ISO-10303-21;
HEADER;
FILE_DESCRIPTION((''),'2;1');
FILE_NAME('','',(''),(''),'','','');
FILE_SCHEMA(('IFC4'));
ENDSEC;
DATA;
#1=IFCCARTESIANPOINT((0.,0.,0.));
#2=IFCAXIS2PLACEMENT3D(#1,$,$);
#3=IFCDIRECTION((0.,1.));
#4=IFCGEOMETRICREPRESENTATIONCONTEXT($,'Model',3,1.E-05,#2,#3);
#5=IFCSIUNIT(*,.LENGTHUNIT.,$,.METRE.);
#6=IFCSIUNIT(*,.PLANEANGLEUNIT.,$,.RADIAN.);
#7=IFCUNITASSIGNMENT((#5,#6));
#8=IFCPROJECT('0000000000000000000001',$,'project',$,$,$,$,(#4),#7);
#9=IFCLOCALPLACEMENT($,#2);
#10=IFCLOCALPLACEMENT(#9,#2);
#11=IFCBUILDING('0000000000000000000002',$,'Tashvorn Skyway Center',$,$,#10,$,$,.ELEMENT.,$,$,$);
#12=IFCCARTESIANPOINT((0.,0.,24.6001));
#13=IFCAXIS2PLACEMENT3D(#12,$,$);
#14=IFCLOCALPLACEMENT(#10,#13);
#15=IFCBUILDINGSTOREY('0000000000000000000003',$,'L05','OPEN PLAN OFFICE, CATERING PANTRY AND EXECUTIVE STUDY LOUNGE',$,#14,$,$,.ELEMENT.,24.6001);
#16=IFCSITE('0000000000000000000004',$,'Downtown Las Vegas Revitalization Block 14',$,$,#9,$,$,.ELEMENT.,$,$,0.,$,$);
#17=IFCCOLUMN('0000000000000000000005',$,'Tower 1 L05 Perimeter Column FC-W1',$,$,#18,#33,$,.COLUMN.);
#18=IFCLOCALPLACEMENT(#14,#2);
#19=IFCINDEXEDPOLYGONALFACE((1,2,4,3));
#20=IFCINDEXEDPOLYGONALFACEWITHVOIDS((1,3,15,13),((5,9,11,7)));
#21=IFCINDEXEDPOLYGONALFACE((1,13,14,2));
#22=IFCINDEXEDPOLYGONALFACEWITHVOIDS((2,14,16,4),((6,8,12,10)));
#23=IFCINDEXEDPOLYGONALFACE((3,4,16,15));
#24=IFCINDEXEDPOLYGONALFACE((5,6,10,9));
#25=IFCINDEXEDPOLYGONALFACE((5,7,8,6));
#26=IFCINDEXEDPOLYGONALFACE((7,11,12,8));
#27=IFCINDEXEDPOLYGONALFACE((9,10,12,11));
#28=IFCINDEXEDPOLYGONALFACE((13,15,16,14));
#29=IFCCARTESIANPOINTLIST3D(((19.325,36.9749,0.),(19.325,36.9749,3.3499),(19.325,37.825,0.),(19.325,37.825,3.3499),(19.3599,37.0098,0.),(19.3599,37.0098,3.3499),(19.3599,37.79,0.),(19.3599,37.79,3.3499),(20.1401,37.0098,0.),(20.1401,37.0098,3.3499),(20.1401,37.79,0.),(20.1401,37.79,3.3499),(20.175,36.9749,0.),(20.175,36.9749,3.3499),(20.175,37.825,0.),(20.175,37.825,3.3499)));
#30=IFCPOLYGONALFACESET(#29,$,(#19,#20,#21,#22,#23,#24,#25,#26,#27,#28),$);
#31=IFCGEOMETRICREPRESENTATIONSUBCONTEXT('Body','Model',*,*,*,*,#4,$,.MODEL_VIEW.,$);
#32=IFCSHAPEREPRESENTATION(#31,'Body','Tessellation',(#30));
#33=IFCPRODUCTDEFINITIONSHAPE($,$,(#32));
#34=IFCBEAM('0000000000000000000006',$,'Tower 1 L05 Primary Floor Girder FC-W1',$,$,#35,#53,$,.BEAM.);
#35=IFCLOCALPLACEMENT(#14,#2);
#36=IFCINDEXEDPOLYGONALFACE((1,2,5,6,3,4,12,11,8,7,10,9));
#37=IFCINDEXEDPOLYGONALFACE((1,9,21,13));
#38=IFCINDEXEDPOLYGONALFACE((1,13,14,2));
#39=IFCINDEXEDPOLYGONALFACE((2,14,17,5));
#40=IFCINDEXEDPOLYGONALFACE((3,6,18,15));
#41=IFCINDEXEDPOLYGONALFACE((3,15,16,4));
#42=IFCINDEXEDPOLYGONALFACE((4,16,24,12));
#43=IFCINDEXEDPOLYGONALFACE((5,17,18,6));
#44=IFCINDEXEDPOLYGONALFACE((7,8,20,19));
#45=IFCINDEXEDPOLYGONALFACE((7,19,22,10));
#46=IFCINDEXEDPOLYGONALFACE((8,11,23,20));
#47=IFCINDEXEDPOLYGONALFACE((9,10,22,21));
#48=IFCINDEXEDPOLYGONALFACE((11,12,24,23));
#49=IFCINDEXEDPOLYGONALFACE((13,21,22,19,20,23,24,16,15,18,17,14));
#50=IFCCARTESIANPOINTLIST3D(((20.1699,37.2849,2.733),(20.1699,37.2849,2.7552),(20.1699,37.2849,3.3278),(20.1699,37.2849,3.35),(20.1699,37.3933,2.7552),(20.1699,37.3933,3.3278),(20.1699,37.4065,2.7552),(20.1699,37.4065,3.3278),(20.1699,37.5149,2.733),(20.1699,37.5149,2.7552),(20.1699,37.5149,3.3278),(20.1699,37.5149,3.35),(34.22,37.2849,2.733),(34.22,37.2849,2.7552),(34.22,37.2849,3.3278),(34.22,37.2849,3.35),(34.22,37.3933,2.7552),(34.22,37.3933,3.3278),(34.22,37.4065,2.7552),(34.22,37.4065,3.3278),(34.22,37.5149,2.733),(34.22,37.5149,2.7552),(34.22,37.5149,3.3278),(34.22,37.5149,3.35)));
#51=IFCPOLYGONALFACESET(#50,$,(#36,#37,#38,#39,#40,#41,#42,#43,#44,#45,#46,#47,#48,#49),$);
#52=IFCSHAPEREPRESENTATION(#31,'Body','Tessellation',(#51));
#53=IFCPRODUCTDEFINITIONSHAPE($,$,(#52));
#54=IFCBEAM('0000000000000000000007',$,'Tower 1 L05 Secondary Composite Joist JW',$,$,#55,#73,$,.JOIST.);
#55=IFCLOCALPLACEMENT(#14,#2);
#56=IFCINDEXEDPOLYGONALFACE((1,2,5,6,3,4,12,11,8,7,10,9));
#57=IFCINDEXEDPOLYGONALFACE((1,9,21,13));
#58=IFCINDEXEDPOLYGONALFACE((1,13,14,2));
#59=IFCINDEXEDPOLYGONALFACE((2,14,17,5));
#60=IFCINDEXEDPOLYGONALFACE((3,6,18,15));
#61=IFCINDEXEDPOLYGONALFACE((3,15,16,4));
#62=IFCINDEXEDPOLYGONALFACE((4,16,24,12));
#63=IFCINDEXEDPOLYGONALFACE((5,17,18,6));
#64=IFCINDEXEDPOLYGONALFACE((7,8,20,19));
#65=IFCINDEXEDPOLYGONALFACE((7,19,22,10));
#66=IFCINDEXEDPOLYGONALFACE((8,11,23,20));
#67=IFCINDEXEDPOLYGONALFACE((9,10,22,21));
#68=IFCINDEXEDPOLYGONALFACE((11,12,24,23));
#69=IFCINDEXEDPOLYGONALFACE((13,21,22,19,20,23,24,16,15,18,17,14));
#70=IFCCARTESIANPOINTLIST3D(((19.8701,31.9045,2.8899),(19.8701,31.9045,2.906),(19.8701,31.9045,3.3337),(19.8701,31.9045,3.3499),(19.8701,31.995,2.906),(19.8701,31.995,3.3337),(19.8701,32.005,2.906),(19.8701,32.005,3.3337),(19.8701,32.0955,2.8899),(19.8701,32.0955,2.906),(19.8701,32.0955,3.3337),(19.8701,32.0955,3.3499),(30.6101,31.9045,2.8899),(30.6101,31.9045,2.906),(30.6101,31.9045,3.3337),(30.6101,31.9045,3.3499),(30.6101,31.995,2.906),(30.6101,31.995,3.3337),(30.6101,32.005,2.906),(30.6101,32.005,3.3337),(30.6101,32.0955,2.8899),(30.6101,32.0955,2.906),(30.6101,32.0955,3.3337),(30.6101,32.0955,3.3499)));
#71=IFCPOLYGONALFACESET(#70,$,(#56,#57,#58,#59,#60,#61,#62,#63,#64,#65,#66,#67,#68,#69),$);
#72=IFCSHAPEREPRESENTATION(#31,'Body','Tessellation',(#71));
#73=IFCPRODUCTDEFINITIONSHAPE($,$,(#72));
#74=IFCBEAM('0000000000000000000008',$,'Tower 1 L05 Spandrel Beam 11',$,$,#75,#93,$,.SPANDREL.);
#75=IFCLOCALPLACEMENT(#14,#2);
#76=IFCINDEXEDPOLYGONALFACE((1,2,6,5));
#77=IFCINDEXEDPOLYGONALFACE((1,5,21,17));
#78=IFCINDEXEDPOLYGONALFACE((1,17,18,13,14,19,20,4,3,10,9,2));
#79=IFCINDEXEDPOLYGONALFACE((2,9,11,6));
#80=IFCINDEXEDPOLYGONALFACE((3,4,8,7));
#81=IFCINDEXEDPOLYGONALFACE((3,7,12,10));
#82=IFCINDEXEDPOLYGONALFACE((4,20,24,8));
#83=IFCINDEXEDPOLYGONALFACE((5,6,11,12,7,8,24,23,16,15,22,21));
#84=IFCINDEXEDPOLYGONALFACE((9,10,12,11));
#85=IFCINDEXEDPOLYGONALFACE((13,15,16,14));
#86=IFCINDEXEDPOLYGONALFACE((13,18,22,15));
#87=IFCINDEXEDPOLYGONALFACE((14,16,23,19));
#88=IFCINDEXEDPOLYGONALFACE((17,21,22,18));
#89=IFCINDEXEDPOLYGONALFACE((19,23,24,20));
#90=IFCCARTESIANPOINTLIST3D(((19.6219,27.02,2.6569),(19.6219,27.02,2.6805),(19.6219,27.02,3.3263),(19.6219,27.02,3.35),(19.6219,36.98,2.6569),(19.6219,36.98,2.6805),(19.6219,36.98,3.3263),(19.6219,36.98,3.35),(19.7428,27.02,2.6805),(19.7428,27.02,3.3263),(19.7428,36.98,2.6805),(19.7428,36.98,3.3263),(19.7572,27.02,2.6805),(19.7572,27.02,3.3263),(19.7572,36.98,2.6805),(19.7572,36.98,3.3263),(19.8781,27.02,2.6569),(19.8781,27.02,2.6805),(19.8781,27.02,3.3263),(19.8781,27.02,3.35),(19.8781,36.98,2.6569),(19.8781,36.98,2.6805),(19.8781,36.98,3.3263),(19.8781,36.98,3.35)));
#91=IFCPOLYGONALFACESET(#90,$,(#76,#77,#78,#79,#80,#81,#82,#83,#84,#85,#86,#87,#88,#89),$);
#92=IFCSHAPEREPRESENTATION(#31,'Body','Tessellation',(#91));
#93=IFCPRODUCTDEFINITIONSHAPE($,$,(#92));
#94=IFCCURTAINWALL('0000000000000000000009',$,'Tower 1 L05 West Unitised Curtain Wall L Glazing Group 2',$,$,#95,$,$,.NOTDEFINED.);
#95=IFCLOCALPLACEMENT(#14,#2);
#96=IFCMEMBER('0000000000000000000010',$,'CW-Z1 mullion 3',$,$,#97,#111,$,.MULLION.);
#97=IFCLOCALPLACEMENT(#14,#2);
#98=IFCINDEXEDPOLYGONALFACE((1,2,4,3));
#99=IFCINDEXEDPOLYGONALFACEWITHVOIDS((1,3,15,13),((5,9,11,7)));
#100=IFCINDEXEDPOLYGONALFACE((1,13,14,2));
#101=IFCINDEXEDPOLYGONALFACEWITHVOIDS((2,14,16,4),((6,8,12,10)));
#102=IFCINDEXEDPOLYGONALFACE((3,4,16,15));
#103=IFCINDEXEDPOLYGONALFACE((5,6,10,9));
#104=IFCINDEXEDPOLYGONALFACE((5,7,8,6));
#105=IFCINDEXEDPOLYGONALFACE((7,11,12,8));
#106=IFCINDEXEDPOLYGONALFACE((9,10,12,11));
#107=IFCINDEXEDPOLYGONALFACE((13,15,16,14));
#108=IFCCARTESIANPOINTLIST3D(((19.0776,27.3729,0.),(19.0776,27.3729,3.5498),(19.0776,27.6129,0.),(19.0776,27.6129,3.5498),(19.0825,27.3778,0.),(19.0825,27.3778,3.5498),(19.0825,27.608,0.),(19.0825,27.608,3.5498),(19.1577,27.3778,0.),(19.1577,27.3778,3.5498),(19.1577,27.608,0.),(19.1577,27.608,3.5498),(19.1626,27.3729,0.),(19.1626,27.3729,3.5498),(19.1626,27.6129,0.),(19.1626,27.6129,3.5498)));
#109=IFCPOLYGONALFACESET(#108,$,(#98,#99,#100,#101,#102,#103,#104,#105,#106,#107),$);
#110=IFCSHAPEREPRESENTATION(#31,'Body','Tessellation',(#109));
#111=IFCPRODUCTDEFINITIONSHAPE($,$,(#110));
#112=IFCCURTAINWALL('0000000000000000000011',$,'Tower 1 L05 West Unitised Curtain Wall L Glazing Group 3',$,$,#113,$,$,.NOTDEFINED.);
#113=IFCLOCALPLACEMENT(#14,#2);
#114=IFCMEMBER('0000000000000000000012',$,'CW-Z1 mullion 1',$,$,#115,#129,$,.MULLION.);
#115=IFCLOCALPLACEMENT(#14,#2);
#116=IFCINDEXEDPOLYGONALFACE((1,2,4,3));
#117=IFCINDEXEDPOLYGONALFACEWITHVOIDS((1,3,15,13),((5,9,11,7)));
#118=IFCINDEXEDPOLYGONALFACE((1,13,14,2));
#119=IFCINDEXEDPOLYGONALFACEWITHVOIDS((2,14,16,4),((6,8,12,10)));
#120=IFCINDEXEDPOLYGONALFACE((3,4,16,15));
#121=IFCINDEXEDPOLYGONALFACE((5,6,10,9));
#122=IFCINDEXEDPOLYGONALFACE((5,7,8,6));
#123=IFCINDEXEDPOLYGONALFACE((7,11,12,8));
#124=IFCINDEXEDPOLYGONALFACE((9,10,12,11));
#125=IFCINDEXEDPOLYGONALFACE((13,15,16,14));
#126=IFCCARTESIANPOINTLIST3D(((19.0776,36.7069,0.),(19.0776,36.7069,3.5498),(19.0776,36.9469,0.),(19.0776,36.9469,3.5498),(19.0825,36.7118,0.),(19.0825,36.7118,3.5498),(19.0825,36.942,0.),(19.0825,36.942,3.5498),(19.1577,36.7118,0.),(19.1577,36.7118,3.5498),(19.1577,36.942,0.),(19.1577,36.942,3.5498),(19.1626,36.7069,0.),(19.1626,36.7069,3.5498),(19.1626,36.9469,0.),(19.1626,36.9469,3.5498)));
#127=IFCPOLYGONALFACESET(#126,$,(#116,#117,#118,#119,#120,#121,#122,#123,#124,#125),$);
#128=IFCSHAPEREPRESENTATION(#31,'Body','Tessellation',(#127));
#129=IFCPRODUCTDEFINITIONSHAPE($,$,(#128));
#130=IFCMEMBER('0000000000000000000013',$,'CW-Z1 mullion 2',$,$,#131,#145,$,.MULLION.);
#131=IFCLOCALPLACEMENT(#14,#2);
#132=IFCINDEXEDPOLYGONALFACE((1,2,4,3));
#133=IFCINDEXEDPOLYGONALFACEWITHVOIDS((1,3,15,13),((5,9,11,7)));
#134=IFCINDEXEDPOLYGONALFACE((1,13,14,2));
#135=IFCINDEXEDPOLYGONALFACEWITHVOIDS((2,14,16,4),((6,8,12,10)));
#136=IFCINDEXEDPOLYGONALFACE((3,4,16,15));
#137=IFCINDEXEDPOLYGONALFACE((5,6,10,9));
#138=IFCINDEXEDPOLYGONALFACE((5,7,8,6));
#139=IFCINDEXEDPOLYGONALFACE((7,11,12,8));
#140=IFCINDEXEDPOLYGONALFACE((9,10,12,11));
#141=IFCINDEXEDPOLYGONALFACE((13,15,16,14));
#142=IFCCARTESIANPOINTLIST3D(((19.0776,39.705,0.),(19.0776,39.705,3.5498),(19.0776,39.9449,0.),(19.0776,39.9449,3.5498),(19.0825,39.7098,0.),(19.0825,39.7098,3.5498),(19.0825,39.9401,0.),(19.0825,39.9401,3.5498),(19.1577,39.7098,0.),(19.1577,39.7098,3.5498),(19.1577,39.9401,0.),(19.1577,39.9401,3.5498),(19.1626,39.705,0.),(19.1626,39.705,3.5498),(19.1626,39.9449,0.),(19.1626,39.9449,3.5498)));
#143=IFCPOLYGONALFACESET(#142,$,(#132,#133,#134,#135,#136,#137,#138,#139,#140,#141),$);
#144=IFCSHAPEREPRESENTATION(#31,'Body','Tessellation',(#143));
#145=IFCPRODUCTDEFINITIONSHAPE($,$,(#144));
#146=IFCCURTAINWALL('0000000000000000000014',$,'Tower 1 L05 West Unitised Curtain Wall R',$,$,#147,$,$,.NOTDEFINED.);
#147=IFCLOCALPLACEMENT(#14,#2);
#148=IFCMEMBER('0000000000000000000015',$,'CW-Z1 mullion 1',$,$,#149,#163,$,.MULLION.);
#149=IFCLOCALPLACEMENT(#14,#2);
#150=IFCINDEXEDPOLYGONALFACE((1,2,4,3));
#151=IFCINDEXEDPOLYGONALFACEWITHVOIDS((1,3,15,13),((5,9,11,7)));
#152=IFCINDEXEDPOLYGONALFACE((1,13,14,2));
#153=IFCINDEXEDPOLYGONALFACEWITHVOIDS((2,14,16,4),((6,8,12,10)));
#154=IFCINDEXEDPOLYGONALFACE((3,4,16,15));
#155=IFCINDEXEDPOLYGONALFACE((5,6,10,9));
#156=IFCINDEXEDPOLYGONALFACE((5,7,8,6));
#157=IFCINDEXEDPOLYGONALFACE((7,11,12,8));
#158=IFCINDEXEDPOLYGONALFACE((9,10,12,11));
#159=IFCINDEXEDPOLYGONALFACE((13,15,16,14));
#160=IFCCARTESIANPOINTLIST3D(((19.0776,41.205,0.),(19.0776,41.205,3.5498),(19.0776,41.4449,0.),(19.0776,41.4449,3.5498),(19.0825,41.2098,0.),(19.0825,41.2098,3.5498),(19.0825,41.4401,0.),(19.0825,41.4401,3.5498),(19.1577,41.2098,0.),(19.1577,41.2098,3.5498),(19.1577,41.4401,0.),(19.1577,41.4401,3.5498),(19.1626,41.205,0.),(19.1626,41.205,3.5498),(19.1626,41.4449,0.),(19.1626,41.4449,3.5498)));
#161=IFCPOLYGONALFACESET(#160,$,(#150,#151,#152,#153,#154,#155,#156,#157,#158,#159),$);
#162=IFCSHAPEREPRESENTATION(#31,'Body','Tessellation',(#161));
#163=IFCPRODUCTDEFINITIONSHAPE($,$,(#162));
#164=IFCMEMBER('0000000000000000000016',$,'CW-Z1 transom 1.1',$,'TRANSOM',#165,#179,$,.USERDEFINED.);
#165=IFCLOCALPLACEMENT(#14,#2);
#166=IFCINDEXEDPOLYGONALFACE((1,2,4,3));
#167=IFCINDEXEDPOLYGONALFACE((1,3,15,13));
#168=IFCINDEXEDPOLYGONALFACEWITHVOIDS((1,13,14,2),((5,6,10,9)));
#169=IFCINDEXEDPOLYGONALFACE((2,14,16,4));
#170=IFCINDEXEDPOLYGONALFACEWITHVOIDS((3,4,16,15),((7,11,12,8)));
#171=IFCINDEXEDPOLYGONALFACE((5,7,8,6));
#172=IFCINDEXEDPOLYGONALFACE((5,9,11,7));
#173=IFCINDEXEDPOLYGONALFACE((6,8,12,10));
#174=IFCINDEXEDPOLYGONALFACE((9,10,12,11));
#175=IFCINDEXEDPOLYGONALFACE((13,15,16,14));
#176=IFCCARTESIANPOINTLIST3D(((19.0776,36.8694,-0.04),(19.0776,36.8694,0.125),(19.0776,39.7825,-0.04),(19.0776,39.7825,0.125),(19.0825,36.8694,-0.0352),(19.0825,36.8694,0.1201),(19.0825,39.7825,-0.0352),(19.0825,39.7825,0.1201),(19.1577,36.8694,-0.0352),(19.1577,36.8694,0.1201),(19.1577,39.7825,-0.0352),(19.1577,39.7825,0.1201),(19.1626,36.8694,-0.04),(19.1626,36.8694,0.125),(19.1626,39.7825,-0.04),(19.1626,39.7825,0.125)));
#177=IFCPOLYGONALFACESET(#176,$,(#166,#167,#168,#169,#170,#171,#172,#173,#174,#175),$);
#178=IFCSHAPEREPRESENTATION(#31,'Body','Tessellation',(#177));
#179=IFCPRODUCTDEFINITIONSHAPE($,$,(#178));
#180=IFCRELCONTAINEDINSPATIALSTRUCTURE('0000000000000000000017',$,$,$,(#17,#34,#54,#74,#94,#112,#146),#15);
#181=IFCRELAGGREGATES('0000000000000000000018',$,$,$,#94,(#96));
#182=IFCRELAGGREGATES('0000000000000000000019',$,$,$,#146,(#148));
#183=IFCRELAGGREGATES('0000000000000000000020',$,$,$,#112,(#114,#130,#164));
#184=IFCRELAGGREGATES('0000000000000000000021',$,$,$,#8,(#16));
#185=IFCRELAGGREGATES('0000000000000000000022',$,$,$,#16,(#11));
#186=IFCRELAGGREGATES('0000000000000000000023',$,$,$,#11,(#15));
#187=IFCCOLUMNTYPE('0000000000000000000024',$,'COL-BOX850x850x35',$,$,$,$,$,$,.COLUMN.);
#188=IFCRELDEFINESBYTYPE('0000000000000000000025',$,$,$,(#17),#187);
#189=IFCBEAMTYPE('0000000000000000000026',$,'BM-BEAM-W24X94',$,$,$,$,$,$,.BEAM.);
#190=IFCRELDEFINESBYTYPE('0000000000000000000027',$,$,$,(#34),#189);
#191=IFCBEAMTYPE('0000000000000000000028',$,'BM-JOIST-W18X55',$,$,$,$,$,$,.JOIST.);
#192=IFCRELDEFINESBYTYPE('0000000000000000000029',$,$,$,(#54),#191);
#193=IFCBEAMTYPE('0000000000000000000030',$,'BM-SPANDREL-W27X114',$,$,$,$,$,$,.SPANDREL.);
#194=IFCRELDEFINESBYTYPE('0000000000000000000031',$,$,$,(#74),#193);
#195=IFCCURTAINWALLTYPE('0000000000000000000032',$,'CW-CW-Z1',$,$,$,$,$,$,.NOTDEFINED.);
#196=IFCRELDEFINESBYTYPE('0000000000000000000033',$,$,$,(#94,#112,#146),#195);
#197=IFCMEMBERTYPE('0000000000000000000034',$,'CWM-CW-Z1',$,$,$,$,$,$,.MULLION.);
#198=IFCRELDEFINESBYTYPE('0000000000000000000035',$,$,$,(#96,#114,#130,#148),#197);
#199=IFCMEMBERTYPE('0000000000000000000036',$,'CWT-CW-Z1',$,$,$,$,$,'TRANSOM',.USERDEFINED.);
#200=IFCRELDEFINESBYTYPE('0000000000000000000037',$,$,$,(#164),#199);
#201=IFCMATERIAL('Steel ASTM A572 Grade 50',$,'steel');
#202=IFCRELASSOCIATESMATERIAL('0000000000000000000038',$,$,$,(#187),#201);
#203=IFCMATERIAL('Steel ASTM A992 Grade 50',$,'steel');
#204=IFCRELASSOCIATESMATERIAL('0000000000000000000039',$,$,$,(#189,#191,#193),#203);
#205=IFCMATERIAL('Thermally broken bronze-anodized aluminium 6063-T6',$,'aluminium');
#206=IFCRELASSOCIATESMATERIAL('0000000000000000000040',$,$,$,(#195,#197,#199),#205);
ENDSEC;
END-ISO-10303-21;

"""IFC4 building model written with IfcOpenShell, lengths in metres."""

from ifc_helpers import new_model, si_unit, direction, frame, origin, origin_2d, place, context, subcontext, project, spatial, hollow_rectangle, i_section, extrude, material, material_profile, profile_set, type_object, element, aggregate, save


model = new_model("IFC4")

# Units and contexts
model_context = context("Model", 3, precision=1e-05, world=origin(), true_north=direction((0.0, 1.0)))
body_context = subcontext(model_context, "Body", "Model", "MODEL_VIEW")
ifc_project = project(units=[si_unit("LENGTHUNIT", "METRE"), si_unit("PLANEANGLEUNIT", "RADIAN")], contexts=[model_context])

# Site, building, storey
site_placement = place(None, origin())
site = spatial("IfcSite", under=ifc_project, at=site_placement, Name="Downtown Las Vegas Revitalization Block 14", CompositionType="ELEMENT", RefElevation=0.0)
building_placement = place(site_placement, origin())
building = spatial("IfcBuilding", under=site, at=building_placement, Name="Tashvorn Skyway Center", CompositionType="ELEMENT")
storey_placement = place(building_placement, frame((0.0, 0.0, 24.6001)))
storey = spatial("IfcBuildingStorey", under=building, at=storey_placement, Name="L05", Description="OPEN PLAN OFFICE, CATERING PANTRY AND EXECUTIVE STUDY LOUNGE", CompositionType="ELEMENT", Elevation=24.6001)

# Column
ifc_material_1 = material(Name="Steel ASTM A572 Grade 50", Category="steel")
ifc_material_profile_1 = material_profile(ifc_material_1, hollow_rectangle(XDim=0.8501, YDim=0.8501, WallThickness=0.0349, at=origin_2d()), Name="BOX850x850x35")
ifc_profile_set_1 = profile_set([ifc_material_profile_1], Name="Steel ASTM A572 Grade 50")
column_type = type_object("IfcColumnType", Name="COL-BOX850x850x35", PredefinedType="COLUMN", material=ifc_profile_set_1)
column_placement = place(storey_placement, frame((19.75, 37.3999, 0.0), z_axis=(0.0, 0.0, 1.0), x_axis=(1.0, 0.0, 0.0)))
element("IfcColumn", 1, at=column_placement, inside=storey, type_object=column_type, Name="Tower 1 L05 Perimeter Column FC-W1", PredefinedType="COLUMN", context=body_context, shape_type="SweptSolid", body=[
    extrude(hollow_rectangle(XDim=0.8501, YDim=0.8501, WallThickness=0.0349, at=origin_2d()), origin(), (0.0, 0.0, 1.0), 3.3499),
])

# Beams
ifc_material_2 = material(Name="Steel ASTM A992 Grade 50", Category="steel")
ifc_material_profile_2 = material_profile(ifc_material_2, i_section(OverallWidth=0.23, OverallDepth=0.6169, WebThickness=0.0132, FlangeThickness=0.0222, at=origin_2d()), Name="W24X94")
ifc_profile_set_2 = profile_set([ifc_material_profile_2], Name="Steel ASTM A992 Grade 50")
beam_type_1 = type_object("IfcBeamType", Name="BM-BEAM-W24X94", PredefinedType="BEAM", material=ifc_profile_set_2)
beam_1_placement = place(storey_placement, frame((20.1699, 37.3999, 3.0415), z_axis=(1.0, 0.0, 0.0), x_axis=(0.0, 1.0, 0.0)))
element("IfcBeam", 2, at=beam_1_placement, inside=storey, type_object=beam_type_1, Name="Tower 1 L05 Primary Floor Girder FC-W1", PredefinedType="BEAM", context=body_context, shape_type="SweptSolid", body=[
    extrude(i_section(OverallWidth=0.23, OverallDepth=0.6169, WebThickness=0.0132, FlangeThickness=0.0222, at=origin_2d()), origin(), (0.0, 0.0, 1.0), 14.05),
])
ifc_material_profile_3 = material_profile(ifc_material_2, i_section(OverallWidth=0.1909, OverallDepth=0.46, WebThickness=0.01, FlangeThickness=0.0161, at=origin_2d()), Name="W18X55")
ifc_profile_set_3 = profile_set([ifc_material_profile_3], Name="Steel ASTM A992 Grade 50")
beam_type_2 = type_object("IfcBeamType", Name="BM-JOIST-W18X55", PredefinedType="JOIST", material=ifc_profile_set_3)
beam_2_placement = place(storey_placement, frame((30.6101, 32.0, 3.1199), z_axis=(-1.0, 0.0, 0.0), x_axis=(0.0, -1.0, 0.0)))
element("IfcBeam", 3, at=beam_2_placement, inside=storey, type_object=beam_type_2, Name="Tower 1 L05 Secondary Composite Joist JW", PredefinedType="JOIST", context=body_context, shape_type="SweptSolid", body=[
    extrude(i_section(OverallWidth=0.1909, OverallDepth=0.46, WebThickness=0.01, FlangeThickness=0.0161, at=origin_2d()), origin(), (0.0, 0.0, 1.0), 10.74),
])
ifc_material_profile_4 = material_profile(ifc_material_2, i_section(OverallWidth=0.2561, OverallDepth=0.6931, WebThickness=0.0144, FlangeThickness=0.0237, at=origin_2d()), Name="W27X114")
ifc_profile_set_4 = profile_set([ifc_material_profile_4], Name="Steel ASTM A992 Grade 50")
beam_type_3 = type_object("IfcBeamType", Name="BM-SPANDREL-W27X114", PredefinedType="SPANDREL", material=ifc_profile_set_4)
beam_3_placement = place(storey_placement, frame((19.75, 36.98, 3.0034), z_axis=(0.0, -1.0, 0.0), x_axis=(1.0, 0.0, 0.0)))
element("IfcBeam", 4, at=beam_3_placement, inside=storey, type_object=beam_type_3, Name="Tower 1 L05 Spandrel Beam 11", PredefinedType="SPANDREL", context=body_context, shape_type="SweptSolid", body=[
    extrude(i_section(OverallWidth=0.2561, OverallDepth=0.6931, WebThickness=0.0144, FlangeThickness=0.0237, at=origin_2d()), origin(), (0.0, 0.0, 1.0), 9.96),
])

# Curtain wall, member
ifc_material_3 = material(Name="Thermally broken bronze-anodized aluminium 6063-T6", Category="aluminium")
curtain_wall_type = type_object("IfcCurtainWallType", Name="CW-CW-Z1", PredefinedType="NOTDEFINED", material=ifc_material_3)
curtain_wall_1_placement = place(storey_placement, origin())
curtain_wall_1 = element("IfcCurtainWall", 5, at=curtain_wall_1_placement, inside=storey, type_object=curtain_wall_type, Name="Tower 1 L05 West Unitised Curtain Wall L Glazing Group 2", PredefinedType="NOTDEFINED")
ifc_material_profile_5 = material_profile(ifc_material_3, hollow_rectangle(XDim=0.085, YDim=0.24, WallThickness=0.0049, at=origin_2d()), Name="ALU-MULL-85x240")
ifc_profile_set_5 = profile_set([ifc_material_profile_5], Name="Thermally broken bronze-anodized aluminium 6063-T6")
member_type_1 = type_object("IfcMemberType", Name="CWM-CW-Z1", PredefinedType="MULLION", material=ifc_profile_set_5)
member_1_placement = place(storey_placement, frame((19.1201, 27.4929, 0.0), z_axis=(0.0, 0.0, 1.0), x_axis=(-1.0, 0.0, 0.0)))
member_1 = element("IfcMember", 6, at=member_1_placement, type_object=member_type_1, Name="CW-Z1 mullion 3", PredefinedType="MULLION", context=body_context, shape_type="SweptSolid", body=[
    extrude(hollow_rectangle(XDim=0.085, YDim=0.24, WallThickness=0.0049, at=origin_2d()), origin(), (0.0, 0.0, 1.0), 3.5498),
])
aggregate(curtain_wall_1, [member_1])

# Curtain wall, members
curtain_wall_2_placement = place(storey_placement, origin())
curtain_wall_2 = element("IfcCurtainWall", 7, at=curtain_wall_2_placement, inside=storey, type_object=curtain_wall_type, Name="Tower 1 L05 West Unitised Curtain Wall L Glazing Group 3", PredefinedType="NOTDEFINED")
member_2_placement = place(storey_placement, frame((19.1201, 36.8269, 0.0), z_axis=(0.0, 0.0, 1.0), x_axis=(-1.0, 0.0, 0.0)))
member_2 = element("IfcMember", 8, at=member_2_placement, type_object=member_type_1, Name="CW-Z1 mullion 1", PredefinedType="MULLION", context=body_context, shape_type="SweptSolid", body=[
    extrude(hollow_rectangle(XDim=0.085, YDim=0.24, WallThickness=0.0049, at=origin_2d()), origin(), (0.0, 0.0, 1.0), 3.5498),
])
member_3_placement = place(storey_placement, frame((19.1201, 39.825, 0.0), z_axis=(0.0, 0.0, 1.0), x_axis=(-1.0, 0.0, 0.0)))
member_3 = element("IfcMember", 9, at=member_3_placement, type_object=member_type_1, Name="CW-Z1 mullion 2", PredefinedType="MULLION", context=body_context, shape_type="SweptSolid", body=[
    extrude(hollow_rectangle(XDim=0.085, YDim=0.24, WallThickness=0.0049, at=origin_2d()), origin(), (0.0, 0.0, 1.0), 3.5498),
])

# Curtain wall, member
curtain_wall_3_placement = place(storey_placement, origin())
curtain_wall_3 = element("IfcCurtainWall", 10, at=curtain_wall_3_placement, inside=storey, type_object=curtain_wall_type, Name="Tower 1 L05 West Unitised Curtain Wall R", PredefinedType="NOTDEFINED")
member_4_placement = place(storey_placement, frame((19.1201, 41.325, 0.0), z_axis=(0.0, 0.0, 1.0), x_axis=(-1.0, 0.0, 0.0)))
member_4 = element("IfcMember", 11, at=member_4_placement, type_object=member_type_1, Name="CW-Z1 mullion 1", PredefinedType="MULLION", context=body_context, shape_type="SweptSolid", body=[
    extrude(hollow_rectangle(XDim=0.085, YDim=0.24, WallThickness=0.0049, at=origin_2d()), origin(), (0.0, 0.0, 1.0), 3.5498),
])
aggregate(curtain_wall_3, [member_4])

# Member
ifc_material_profile_6 = material_profile(ifc_material_3, hollow_rectangle(XDim=0.085, YDim=0.165, WallThickness=0.0049, at=origin_2d()), Name="ALU-TRAN-85x165")
ifc_profile_set_6 = profile_set([ifc_material_profile_6], Name="Thermally broken bronze-anodized aluminium 6063-T6")
member_type_2 = type_object("IfcMemberType", Name="CWT-CW-Z1", ElementType="TRANSOM", PredefinedType="USERDEFINED", material=ifc_profile_set_6)
member_5_placement = place(storey_placement, frame((19.1201, 36.8694, 0.0425), z_axis=(0.0, 1.0, 0.0), x_axis=(-1.0, 0.0, 0.0)))
member_5 = element("IfcMember", 12, at=member_5_placement, type_object=member_type_2, Name="CW-Z1 transom 1.1", ObjectType="TRANSOM", PredefinedType="USERDEFINED", context=body_context, shape_type="SweptSolid", body=[
    extrude(hollow_rectangle(XDim=0.085, YDim=0.165, WallThickness=0.0049, at=origin_2d()), origin(), (0.0, 0.0, 1.0), 2.9131),
])

aggregate(curtain_wall_2, [member_2, member_3, member_5])

save(model, "model.ifc")
